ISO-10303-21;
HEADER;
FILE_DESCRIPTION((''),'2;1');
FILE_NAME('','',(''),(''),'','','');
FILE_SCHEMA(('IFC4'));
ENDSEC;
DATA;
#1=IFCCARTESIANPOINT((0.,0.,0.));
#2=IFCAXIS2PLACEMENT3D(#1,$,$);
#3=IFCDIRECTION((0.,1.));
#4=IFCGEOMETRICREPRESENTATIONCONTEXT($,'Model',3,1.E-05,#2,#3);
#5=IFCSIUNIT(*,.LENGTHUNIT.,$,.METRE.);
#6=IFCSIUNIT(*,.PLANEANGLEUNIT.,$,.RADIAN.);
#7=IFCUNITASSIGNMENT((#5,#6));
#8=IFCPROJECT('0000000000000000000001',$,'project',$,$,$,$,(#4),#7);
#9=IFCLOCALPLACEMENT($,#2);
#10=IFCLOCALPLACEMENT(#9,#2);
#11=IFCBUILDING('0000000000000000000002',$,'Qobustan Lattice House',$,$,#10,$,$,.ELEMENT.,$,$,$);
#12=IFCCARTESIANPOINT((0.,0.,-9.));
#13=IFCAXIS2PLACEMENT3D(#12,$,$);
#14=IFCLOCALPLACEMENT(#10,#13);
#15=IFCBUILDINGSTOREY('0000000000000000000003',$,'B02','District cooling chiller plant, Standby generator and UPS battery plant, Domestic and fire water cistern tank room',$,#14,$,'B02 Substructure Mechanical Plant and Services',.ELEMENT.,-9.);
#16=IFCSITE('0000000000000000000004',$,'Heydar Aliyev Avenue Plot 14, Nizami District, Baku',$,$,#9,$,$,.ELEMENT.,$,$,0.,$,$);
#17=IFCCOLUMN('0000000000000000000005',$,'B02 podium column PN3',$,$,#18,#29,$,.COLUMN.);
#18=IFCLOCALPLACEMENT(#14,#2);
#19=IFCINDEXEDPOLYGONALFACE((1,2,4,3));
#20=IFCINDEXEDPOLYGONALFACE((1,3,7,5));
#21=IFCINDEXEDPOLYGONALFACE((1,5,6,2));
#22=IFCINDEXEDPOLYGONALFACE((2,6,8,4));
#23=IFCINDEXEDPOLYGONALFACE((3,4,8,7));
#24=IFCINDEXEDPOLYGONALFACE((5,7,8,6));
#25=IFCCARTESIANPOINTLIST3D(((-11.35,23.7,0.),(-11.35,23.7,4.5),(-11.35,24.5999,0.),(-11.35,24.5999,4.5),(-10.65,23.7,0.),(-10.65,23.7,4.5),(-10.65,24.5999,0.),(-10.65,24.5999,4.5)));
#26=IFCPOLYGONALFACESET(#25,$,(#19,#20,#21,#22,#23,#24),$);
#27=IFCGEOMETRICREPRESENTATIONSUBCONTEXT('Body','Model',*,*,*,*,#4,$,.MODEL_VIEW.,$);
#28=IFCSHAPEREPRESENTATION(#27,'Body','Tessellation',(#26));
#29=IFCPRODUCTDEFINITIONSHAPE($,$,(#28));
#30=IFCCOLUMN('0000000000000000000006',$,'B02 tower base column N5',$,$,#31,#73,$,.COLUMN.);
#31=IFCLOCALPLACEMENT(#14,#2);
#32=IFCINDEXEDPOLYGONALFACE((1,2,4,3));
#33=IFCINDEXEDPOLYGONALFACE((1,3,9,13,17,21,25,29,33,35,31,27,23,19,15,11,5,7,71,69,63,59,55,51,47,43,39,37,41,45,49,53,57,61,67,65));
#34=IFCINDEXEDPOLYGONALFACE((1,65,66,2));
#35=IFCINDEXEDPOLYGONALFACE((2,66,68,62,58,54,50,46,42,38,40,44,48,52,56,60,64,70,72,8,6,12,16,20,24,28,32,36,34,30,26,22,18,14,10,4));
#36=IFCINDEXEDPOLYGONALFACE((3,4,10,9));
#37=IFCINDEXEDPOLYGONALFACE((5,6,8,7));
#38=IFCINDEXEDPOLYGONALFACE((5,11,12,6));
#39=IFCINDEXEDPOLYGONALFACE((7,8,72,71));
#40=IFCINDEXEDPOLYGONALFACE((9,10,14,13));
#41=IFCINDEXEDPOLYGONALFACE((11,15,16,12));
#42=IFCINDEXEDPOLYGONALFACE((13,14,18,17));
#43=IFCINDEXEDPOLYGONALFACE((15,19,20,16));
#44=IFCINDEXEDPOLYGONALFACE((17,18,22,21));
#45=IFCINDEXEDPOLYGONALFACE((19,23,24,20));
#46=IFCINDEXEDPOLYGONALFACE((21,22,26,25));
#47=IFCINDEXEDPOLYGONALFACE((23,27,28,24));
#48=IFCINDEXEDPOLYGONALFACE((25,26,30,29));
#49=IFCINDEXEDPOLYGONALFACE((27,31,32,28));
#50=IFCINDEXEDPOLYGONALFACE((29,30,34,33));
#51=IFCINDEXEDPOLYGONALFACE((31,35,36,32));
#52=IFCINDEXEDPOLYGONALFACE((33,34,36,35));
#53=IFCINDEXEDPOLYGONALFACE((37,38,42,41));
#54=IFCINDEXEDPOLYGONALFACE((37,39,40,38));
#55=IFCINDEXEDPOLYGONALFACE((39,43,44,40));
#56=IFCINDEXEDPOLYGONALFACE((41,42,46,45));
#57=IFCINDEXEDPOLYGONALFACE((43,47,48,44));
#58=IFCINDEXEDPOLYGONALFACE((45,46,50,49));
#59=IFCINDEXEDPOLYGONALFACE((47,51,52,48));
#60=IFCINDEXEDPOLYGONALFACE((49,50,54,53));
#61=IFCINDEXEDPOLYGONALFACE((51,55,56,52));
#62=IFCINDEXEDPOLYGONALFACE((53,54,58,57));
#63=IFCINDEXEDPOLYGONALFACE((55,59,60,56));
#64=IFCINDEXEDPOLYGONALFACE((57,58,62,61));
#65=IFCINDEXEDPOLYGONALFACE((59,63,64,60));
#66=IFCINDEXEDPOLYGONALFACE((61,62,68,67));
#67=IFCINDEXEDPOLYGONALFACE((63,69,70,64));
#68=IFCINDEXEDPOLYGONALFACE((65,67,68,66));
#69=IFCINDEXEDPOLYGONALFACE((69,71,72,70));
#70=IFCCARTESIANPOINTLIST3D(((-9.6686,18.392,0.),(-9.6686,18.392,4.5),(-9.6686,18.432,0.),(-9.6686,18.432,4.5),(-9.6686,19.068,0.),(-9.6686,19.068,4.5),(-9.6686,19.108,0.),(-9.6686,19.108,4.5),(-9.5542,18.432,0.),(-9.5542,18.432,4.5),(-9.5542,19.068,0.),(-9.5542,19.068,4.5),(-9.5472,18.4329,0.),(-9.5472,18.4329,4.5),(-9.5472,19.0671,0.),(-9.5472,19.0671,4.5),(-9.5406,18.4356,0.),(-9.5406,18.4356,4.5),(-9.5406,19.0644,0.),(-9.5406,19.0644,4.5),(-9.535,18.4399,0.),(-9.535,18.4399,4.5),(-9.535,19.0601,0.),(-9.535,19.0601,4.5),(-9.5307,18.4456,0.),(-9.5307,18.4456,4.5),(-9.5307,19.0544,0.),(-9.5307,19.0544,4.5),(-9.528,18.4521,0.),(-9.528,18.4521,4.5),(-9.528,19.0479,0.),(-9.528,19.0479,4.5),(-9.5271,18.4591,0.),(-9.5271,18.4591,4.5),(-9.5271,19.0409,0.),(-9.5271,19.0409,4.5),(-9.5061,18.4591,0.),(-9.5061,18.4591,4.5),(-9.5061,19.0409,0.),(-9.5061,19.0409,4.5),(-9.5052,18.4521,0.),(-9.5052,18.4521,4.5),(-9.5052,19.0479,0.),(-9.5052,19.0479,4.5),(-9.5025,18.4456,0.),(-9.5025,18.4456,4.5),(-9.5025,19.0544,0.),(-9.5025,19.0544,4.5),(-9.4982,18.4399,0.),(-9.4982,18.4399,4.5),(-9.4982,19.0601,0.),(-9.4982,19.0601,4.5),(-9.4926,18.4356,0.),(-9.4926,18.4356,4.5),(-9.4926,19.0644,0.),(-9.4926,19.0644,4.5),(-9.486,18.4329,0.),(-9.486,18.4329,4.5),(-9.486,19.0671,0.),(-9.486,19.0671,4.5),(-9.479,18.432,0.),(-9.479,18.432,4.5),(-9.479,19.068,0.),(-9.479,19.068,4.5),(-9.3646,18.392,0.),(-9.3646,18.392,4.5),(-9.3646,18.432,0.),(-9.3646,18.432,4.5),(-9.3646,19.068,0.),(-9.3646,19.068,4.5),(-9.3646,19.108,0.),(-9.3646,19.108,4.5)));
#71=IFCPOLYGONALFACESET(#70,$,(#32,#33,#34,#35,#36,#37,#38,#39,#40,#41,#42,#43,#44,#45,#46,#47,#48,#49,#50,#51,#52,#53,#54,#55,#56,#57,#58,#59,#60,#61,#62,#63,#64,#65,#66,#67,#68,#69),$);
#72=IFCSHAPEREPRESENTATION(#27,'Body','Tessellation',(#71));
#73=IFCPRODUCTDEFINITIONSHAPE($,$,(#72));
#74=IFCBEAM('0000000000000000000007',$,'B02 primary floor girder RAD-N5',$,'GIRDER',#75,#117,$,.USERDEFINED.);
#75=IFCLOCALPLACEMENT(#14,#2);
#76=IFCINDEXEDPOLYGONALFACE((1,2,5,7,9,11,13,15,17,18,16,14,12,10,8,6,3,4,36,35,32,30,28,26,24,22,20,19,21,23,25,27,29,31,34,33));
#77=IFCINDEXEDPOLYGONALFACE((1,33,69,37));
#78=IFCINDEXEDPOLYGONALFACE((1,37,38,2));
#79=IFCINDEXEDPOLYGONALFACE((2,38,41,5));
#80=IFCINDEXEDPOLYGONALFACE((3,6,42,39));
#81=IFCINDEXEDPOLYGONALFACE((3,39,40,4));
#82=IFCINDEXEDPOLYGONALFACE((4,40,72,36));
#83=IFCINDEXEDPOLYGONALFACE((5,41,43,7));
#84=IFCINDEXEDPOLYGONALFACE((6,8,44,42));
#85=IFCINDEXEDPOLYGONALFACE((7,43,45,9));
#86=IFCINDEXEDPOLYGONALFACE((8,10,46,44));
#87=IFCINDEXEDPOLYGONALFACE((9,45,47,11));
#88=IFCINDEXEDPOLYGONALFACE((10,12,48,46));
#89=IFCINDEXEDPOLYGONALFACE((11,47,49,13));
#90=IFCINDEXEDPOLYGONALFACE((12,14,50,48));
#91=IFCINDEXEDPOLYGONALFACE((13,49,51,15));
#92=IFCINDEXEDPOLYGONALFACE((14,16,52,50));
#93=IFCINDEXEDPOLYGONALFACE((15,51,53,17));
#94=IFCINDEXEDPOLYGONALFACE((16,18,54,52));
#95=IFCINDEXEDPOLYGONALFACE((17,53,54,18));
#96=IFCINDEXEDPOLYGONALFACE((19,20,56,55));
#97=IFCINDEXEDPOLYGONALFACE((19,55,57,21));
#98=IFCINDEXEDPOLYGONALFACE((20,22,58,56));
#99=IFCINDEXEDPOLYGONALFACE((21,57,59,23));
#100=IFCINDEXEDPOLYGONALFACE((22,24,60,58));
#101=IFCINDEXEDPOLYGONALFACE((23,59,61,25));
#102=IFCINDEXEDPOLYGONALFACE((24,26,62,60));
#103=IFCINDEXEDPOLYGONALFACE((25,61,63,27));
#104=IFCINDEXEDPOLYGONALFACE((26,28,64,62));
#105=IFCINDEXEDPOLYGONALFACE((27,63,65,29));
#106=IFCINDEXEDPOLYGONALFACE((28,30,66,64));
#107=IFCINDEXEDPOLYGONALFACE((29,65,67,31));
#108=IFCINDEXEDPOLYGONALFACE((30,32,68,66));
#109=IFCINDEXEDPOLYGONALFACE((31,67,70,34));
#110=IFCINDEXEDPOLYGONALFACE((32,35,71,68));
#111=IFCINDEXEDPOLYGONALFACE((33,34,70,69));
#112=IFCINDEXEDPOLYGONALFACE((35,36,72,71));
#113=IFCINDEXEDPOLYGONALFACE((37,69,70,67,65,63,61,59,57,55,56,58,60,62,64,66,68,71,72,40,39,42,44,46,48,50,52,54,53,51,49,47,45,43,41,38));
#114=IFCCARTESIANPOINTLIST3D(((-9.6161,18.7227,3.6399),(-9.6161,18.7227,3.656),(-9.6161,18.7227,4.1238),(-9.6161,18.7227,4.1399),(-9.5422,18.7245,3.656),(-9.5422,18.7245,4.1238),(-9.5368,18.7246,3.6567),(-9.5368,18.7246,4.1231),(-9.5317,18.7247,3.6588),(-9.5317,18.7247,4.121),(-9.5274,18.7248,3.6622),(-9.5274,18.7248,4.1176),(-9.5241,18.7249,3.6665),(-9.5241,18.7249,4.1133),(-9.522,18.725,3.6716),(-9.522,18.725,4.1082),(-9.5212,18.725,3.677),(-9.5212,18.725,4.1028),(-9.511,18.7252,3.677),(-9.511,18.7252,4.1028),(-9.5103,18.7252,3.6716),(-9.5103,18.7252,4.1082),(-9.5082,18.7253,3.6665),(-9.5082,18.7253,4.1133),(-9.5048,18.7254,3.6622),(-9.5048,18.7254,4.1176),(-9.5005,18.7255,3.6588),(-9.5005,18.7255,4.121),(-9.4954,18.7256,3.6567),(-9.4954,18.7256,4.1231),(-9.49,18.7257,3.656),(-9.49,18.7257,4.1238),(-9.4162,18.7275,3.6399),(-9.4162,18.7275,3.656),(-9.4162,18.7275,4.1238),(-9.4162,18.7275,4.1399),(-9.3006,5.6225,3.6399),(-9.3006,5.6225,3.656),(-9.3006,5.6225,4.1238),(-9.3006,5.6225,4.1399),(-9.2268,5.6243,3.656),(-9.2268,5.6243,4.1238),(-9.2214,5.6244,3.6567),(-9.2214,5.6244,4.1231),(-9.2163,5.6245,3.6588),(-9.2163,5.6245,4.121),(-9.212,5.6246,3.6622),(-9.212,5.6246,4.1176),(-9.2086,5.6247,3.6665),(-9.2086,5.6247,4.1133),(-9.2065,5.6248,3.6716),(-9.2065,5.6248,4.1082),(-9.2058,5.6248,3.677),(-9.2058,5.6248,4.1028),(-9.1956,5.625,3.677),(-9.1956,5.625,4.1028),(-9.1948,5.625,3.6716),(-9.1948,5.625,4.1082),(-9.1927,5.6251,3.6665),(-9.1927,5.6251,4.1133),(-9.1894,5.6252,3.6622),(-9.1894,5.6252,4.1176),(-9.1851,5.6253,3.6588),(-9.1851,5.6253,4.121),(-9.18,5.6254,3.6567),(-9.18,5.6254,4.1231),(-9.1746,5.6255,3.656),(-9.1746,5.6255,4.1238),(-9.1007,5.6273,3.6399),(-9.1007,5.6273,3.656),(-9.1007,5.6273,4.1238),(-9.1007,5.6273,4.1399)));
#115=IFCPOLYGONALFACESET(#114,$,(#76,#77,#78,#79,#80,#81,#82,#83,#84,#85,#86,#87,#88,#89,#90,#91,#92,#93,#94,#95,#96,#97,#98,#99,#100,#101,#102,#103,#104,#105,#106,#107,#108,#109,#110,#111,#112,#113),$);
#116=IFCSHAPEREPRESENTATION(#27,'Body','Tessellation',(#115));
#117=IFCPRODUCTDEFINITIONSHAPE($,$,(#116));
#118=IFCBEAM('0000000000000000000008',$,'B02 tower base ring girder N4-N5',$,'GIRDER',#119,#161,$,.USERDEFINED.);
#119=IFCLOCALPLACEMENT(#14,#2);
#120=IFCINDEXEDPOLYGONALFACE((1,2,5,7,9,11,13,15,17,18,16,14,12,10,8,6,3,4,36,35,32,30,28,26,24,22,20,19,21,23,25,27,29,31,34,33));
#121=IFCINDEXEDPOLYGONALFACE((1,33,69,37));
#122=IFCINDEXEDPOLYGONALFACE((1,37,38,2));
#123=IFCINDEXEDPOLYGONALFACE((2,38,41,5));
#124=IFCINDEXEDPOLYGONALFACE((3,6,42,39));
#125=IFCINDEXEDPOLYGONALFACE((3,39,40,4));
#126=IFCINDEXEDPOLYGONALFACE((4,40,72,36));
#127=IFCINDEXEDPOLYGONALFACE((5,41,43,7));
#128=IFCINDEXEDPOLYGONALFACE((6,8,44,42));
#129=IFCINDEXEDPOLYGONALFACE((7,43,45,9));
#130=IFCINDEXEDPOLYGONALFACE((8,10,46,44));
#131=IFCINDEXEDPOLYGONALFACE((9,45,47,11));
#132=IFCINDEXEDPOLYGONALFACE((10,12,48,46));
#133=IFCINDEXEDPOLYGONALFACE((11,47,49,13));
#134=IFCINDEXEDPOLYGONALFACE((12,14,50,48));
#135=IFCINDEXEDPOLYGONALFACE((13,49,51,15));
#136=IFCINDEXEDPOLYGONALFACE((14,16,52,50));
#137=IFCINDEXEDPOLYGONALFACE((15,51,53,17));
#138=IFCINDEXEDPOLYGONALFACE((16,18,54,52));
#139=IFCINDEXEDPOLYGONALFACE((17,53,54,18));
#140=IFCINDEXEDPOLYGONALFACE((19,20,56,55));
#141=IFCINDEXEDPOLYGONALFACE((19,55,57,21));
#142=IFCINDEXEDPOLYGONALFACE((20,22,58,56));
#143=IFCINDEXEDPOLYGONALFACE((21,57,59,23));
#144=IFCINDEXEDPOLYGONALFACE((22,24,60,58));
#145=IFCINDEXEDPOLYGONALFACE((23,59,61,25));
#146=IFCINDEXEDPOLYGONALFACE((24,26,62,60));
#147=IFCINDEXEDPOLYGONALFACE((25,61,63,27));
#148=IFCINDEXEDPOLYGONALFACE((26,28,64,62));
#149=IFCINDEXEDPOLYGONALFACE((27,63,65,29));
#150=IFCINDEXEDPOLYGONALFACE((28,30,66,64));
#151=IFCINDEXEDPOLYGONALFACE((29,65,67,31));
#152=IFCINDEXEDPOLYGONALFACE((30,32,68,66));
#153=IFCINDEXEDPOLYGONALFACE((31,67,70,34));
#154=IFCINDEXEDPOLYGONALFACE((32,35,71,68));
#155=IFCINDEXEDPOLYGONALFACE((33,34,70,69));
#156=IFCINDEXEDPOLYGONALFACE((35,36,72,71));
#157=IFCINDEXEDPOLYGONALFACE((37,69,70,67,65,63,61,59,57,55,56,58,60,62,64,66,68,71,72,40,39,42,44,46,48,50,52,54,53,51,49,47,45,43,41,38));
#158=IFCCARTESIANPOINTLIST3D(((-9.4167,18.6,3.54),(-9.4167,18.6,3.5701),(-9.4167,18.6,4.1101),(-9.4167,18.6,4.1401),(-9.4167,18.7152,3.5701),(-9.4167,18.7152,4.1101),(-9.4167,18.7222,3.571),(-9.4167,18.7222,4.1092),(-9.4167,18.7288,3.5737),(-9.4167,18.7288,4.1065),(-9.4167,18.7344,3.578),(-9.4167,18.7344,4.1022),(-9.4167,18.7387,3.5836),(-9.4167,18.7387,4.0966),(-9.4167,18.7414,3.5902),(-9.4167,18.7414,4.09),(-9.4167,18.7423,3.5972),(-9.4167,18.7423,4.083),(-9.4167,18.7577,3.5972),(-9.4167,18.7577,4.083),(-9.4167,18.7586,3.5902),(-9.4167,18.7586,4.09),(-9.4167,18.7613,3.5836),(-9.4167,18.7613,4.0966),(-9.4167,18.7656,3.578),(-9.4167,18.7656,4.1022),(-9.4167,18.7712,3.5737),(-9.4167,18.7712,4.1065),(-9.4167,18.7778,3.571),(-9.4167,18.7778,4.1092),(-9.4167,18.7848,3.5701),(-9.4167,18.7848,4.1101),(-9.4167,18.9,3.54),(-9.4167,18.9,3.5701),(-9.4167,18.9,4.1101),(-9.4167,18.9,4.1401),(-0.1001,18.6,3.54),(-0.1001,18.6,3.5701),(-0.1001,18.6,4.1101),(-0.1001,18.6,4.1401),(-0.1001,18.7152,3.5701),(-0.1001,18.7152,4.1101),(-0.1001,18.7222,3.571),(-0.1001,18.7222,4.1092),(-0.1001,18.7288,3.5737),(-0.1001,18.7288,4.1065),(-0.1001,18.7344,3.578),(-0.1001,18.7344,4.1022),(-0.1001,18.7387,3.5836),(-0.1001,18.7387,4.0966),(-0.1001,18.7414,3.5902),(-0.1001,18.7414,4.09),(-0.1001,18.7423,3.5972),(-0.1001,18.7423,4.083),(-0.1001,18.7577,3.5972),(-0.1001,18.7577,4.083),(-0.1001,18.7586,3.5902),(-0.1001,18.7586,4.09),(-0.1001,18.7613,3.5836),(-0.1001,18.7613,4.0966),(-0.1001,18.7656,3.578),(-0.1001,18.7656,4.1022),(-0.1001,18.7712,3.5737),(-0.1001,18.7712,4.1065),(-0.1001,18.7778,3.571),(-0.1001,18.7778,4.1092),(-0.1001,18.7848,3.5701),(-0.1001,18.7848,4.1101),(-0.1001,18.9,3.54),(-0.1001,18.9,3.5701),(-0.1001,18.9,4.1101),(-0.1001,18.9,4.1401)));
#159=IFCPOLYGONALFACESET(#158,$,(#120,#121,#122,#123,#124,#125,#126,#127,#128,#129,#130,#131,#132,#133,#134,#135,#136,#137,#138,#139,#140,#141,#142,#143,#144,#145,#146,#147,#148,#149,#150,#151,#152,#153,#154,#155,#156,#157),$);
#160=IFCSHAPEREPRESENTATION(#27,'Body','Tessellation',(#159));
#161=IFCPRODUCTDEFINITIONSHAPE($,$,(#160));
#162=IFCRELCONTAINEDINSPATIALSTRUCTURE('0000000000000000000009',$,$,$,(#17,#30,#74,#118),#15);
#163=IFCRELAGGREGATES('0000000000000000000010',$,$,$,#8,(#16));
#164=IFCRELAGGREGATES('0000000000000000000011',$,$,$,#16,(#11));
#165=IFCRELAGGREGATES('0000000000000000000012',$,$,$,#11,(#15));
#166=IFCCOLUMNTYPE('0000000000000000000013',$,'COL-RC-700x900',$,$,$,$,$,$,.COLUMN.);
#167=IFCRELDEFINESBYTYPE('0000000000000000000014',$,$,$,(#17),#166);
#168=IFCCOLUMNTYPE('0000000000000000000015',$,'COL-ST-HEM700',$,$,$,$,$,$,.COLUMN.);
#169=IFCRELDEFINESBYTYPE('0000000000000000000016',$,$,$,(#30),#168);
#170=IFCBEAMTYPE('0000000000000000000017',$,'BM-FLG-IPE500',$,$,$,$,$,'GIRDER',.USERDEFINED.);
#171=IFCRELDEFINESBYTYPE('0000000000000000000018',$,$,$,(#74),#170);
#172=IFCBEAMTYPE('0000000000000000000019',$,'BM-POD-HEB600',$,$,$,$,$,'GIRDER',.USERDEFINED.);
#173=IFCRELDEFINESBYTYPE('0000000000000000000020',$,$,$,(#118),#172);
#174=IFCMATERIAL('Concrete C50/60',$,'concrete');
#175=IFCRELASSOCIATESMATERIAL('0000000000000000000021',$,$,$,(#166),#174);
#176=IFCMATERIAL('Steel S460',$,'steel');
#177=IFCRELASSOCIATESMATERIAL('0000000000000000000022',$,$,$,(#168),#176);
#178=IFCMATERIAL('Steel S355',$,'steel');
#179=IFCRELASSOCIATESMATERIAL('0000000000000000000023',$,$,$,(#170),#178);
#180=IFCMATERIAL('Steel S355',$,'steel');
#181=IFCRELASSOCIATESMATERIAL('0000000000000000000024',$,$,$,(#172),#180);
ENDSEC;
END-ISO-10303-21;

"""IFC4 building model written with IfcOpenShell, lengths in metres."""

from ifc_helpers import new_model, si_unit, direction, frame, origin, origin_2d, place, context, subcontext, project, spatial, rectangle, i_section, extrude, material, material_profile, profile_set, type_object, element, save


model = new_model("IFC4")

# Units and contexts
model_context = context("Model", 3, precision=1e-05, world=origin(), true_north=direction((0.0, 1.0)))
body_context = subcontext(model_context, "Body", "Model", "MODEL_VIEW")
ifc_project = project(units=[si_unit("LENGTHUNIT", "METRE"), si_unit("PLANEANGLEUNIT", "RADIAN")], contexts=[model_context])

# Site, building, storey
site_placement = place(None, origin())
site = spatial("IfcSite", under=ifc_project, at=site_placement, Name="Heydar Aliyev Avenue Plot 14, Nizami District, Baku", CompositionType="ELEMENT", RefElevation=0.0)
building_placement = place(site_placement, origin())
building = spatial("IfcBuilding", under=site, at=building_placement, Name="Qobustan Lattice House", CompositionType="ELEMENT")
storey_placement = place(building_placement, frame((0.0, 0.0, -9.0)))
storey = spatial("IfcBuildingStorey", under=building, at=storey_placement, Name="B02", Description="District cooling chiller plant, Standby generator and UPS battery plant, Domestic and fire water cistern tank room", LongName="B02 Substructure Mechanical Plant and Services", CompositionType="ELEMENT", Elevation=-9.0)

# Columns
ifc_material_1 = material(Name="Concrete C50/60", Category="concrete")
ifc_material_profile_1 = material_profile(ifc_material_1, rectangle(XDim=0.7, YDim=0.8999, at=origin_2d()), Name="RC700x900")
ifc_profile_set_1 = profile_set([ifc_material_profile_1], Name="Concrete C50/60")
column_type_1 = type_object("IfcColumnType", Name="COL-RC-700x900", PredefinedType="COLUMN", material=ifc_profile_set_1)
column_1_placement = place(storey_placement, frame((-11.0, 24.1499, 0.0), z_axis=(0.0, 0.0, 1.0), x_axis=(1.0, 0.0, 0.0)))
element("IfcColumn", 1, at=column_1_placement, inside=storey, type_object=column_type_1, Name="B02 podium column PN3", PredefinedType="COLUMN", context=body_context, shape_type="SweptSolid", body=[
    extrude(rectangle(XDim=0.7, YDim=0.8999, at=origin_2d()), origin(), (0.0, 0.0, 1.0), 4.5),
])
ifc_material_2 = material(Name="Steel S460", Category="steel")
ifc_material_profile_2 = material_profile(ifc_material_2, i_section(OverallWidth=0.304, OverallDepth=0.7161, WebThickness=0.021, FlangeThickness=0.04, FilletRadius=0.0271, at=origin_2d()), Name="HEM700")
ifc_profile_set_2 = profile_set([ifc_material_profile_2], Name="Steel S460")
column_type_2 = type_object("IfcColumnType", Name="COL-ST-HEM700", PredefinedType="COLUMN", material=ifc_profile_set_2)
column_2_placement = place(storey_placement, frame((-9.5166, 18.75, 0.0), z_axis=(0.0, 0.0, 1.0), x_axis=(1.0, 0.0, 0.0)))
element("IfcColumn", 2, at=column_2_placement, inside=storey, type_object=column_type_2, Name="B02 tower base column N5", PredefinedType="COLUMN", context=body_context, shape_type="SweptSolid", body=[
    extrude(i_section(OverallWidth=0.304, OverallDepth=0.7161, WebThickness=0.021, FlangeThickness=0.04, FilletRadius=0.0271, at=origin_2d()), origin(), (0.0, 0.0, 1.0), 4.5),
])

# Beams
ifc_material_3 = material(Name="Steel S355", Category="steel")
ifc_material_profile_3 = material_profile(ifc_material_3, i_section(OverallWidth=0.2, OverallDepth=0.5, WebThickness=0.0103, FlangeThickness=0.0161, FilletRadius=0.021, at=origin_2d()), Name="IPE500")
ifc_profile_set_3 = profile_set([ifc_material_profile_3], Name="Steel S355")
beam_type_1 = type_object("IfcBeamType", Name="BM-FLG-IPE500", ElementType="GIRDER", PredefinedType="USERDEFINED", material=ifc_profile_set_3)
beam_1_placement = place(storey_placement, frame((-9.5161, 18.7251, 3.8899), z_axis=(0.024071, -0.99971, 0.0), x_axis=(0.99971, 0.024071, 0.0)))
element("IfcBeam", 3, at=beam_1_placement, inside=storey, type_object=beam_type_1, Name="B02 primary floor girder RAD-N5", ObjectType="GIRDER", PredefinedType="USERDEFINED", context=body_context, shape_type="SweptSolid", body=[
    extrude(i_section(OverallWidth=0.2, OverallDepth=0.5, WebThickness=0.0103, FlangeThickness=0.0161, FilletRadius=0.021, at=origin_2d()), origin(), (0.0, 0.0, 1.0), 13.104),
])
ifc_material_4 = material(Name="Steel S355", Category="steel")
ifc_material_profile_4 = material_profile(ifc_material_4, i_section(OverallWidth=0.3, OverallDepth=0.6001, WebThickness=0.0154, FlangeThickness=0.03, FilletRadius=0.0271, at=origin_2d()), Name="HEB600")
ifc_profile_set_4 = profile_set([ifc_material_profile_4], Name="Steel S355")
beam_type_2 = type_object("IfcBeamType", Name="BM-POD-HEB600", ElementType="GIRDER", PredefinedType="USERDEFINED", material=ifc_profile_set_4)
for number, where, z_axis, x_axis, name in (
    (4, (-0.1001, 18.75, 3.8401), (-1.0, 0.0, 0.0), (0.0, -1.0, 0.0), "B02 tower base ring girder N4-N5"),
):
    element("IfcBeam", number, at=place(storey_placement, frame(where, z_axis=z_axis, x_axis=x_axis)), inside=storey, type_object=beam_type_2, Name=name, ObjectType="GIRDER", PredefinedType="USERDEFINED", context=body_context, shape_type="SweptSolid", body=[
        extrude(i_section(OverallWidth=0.3, OverallDepth=0.6001, WebThickness=0.0154, FlangeThickness=0.03, FilletRadius=0.0271, at=origin_2d()), origin(), (0.0, 0.0, 1.0), 9.3167),
    ])

save(model, "model.ifc")
